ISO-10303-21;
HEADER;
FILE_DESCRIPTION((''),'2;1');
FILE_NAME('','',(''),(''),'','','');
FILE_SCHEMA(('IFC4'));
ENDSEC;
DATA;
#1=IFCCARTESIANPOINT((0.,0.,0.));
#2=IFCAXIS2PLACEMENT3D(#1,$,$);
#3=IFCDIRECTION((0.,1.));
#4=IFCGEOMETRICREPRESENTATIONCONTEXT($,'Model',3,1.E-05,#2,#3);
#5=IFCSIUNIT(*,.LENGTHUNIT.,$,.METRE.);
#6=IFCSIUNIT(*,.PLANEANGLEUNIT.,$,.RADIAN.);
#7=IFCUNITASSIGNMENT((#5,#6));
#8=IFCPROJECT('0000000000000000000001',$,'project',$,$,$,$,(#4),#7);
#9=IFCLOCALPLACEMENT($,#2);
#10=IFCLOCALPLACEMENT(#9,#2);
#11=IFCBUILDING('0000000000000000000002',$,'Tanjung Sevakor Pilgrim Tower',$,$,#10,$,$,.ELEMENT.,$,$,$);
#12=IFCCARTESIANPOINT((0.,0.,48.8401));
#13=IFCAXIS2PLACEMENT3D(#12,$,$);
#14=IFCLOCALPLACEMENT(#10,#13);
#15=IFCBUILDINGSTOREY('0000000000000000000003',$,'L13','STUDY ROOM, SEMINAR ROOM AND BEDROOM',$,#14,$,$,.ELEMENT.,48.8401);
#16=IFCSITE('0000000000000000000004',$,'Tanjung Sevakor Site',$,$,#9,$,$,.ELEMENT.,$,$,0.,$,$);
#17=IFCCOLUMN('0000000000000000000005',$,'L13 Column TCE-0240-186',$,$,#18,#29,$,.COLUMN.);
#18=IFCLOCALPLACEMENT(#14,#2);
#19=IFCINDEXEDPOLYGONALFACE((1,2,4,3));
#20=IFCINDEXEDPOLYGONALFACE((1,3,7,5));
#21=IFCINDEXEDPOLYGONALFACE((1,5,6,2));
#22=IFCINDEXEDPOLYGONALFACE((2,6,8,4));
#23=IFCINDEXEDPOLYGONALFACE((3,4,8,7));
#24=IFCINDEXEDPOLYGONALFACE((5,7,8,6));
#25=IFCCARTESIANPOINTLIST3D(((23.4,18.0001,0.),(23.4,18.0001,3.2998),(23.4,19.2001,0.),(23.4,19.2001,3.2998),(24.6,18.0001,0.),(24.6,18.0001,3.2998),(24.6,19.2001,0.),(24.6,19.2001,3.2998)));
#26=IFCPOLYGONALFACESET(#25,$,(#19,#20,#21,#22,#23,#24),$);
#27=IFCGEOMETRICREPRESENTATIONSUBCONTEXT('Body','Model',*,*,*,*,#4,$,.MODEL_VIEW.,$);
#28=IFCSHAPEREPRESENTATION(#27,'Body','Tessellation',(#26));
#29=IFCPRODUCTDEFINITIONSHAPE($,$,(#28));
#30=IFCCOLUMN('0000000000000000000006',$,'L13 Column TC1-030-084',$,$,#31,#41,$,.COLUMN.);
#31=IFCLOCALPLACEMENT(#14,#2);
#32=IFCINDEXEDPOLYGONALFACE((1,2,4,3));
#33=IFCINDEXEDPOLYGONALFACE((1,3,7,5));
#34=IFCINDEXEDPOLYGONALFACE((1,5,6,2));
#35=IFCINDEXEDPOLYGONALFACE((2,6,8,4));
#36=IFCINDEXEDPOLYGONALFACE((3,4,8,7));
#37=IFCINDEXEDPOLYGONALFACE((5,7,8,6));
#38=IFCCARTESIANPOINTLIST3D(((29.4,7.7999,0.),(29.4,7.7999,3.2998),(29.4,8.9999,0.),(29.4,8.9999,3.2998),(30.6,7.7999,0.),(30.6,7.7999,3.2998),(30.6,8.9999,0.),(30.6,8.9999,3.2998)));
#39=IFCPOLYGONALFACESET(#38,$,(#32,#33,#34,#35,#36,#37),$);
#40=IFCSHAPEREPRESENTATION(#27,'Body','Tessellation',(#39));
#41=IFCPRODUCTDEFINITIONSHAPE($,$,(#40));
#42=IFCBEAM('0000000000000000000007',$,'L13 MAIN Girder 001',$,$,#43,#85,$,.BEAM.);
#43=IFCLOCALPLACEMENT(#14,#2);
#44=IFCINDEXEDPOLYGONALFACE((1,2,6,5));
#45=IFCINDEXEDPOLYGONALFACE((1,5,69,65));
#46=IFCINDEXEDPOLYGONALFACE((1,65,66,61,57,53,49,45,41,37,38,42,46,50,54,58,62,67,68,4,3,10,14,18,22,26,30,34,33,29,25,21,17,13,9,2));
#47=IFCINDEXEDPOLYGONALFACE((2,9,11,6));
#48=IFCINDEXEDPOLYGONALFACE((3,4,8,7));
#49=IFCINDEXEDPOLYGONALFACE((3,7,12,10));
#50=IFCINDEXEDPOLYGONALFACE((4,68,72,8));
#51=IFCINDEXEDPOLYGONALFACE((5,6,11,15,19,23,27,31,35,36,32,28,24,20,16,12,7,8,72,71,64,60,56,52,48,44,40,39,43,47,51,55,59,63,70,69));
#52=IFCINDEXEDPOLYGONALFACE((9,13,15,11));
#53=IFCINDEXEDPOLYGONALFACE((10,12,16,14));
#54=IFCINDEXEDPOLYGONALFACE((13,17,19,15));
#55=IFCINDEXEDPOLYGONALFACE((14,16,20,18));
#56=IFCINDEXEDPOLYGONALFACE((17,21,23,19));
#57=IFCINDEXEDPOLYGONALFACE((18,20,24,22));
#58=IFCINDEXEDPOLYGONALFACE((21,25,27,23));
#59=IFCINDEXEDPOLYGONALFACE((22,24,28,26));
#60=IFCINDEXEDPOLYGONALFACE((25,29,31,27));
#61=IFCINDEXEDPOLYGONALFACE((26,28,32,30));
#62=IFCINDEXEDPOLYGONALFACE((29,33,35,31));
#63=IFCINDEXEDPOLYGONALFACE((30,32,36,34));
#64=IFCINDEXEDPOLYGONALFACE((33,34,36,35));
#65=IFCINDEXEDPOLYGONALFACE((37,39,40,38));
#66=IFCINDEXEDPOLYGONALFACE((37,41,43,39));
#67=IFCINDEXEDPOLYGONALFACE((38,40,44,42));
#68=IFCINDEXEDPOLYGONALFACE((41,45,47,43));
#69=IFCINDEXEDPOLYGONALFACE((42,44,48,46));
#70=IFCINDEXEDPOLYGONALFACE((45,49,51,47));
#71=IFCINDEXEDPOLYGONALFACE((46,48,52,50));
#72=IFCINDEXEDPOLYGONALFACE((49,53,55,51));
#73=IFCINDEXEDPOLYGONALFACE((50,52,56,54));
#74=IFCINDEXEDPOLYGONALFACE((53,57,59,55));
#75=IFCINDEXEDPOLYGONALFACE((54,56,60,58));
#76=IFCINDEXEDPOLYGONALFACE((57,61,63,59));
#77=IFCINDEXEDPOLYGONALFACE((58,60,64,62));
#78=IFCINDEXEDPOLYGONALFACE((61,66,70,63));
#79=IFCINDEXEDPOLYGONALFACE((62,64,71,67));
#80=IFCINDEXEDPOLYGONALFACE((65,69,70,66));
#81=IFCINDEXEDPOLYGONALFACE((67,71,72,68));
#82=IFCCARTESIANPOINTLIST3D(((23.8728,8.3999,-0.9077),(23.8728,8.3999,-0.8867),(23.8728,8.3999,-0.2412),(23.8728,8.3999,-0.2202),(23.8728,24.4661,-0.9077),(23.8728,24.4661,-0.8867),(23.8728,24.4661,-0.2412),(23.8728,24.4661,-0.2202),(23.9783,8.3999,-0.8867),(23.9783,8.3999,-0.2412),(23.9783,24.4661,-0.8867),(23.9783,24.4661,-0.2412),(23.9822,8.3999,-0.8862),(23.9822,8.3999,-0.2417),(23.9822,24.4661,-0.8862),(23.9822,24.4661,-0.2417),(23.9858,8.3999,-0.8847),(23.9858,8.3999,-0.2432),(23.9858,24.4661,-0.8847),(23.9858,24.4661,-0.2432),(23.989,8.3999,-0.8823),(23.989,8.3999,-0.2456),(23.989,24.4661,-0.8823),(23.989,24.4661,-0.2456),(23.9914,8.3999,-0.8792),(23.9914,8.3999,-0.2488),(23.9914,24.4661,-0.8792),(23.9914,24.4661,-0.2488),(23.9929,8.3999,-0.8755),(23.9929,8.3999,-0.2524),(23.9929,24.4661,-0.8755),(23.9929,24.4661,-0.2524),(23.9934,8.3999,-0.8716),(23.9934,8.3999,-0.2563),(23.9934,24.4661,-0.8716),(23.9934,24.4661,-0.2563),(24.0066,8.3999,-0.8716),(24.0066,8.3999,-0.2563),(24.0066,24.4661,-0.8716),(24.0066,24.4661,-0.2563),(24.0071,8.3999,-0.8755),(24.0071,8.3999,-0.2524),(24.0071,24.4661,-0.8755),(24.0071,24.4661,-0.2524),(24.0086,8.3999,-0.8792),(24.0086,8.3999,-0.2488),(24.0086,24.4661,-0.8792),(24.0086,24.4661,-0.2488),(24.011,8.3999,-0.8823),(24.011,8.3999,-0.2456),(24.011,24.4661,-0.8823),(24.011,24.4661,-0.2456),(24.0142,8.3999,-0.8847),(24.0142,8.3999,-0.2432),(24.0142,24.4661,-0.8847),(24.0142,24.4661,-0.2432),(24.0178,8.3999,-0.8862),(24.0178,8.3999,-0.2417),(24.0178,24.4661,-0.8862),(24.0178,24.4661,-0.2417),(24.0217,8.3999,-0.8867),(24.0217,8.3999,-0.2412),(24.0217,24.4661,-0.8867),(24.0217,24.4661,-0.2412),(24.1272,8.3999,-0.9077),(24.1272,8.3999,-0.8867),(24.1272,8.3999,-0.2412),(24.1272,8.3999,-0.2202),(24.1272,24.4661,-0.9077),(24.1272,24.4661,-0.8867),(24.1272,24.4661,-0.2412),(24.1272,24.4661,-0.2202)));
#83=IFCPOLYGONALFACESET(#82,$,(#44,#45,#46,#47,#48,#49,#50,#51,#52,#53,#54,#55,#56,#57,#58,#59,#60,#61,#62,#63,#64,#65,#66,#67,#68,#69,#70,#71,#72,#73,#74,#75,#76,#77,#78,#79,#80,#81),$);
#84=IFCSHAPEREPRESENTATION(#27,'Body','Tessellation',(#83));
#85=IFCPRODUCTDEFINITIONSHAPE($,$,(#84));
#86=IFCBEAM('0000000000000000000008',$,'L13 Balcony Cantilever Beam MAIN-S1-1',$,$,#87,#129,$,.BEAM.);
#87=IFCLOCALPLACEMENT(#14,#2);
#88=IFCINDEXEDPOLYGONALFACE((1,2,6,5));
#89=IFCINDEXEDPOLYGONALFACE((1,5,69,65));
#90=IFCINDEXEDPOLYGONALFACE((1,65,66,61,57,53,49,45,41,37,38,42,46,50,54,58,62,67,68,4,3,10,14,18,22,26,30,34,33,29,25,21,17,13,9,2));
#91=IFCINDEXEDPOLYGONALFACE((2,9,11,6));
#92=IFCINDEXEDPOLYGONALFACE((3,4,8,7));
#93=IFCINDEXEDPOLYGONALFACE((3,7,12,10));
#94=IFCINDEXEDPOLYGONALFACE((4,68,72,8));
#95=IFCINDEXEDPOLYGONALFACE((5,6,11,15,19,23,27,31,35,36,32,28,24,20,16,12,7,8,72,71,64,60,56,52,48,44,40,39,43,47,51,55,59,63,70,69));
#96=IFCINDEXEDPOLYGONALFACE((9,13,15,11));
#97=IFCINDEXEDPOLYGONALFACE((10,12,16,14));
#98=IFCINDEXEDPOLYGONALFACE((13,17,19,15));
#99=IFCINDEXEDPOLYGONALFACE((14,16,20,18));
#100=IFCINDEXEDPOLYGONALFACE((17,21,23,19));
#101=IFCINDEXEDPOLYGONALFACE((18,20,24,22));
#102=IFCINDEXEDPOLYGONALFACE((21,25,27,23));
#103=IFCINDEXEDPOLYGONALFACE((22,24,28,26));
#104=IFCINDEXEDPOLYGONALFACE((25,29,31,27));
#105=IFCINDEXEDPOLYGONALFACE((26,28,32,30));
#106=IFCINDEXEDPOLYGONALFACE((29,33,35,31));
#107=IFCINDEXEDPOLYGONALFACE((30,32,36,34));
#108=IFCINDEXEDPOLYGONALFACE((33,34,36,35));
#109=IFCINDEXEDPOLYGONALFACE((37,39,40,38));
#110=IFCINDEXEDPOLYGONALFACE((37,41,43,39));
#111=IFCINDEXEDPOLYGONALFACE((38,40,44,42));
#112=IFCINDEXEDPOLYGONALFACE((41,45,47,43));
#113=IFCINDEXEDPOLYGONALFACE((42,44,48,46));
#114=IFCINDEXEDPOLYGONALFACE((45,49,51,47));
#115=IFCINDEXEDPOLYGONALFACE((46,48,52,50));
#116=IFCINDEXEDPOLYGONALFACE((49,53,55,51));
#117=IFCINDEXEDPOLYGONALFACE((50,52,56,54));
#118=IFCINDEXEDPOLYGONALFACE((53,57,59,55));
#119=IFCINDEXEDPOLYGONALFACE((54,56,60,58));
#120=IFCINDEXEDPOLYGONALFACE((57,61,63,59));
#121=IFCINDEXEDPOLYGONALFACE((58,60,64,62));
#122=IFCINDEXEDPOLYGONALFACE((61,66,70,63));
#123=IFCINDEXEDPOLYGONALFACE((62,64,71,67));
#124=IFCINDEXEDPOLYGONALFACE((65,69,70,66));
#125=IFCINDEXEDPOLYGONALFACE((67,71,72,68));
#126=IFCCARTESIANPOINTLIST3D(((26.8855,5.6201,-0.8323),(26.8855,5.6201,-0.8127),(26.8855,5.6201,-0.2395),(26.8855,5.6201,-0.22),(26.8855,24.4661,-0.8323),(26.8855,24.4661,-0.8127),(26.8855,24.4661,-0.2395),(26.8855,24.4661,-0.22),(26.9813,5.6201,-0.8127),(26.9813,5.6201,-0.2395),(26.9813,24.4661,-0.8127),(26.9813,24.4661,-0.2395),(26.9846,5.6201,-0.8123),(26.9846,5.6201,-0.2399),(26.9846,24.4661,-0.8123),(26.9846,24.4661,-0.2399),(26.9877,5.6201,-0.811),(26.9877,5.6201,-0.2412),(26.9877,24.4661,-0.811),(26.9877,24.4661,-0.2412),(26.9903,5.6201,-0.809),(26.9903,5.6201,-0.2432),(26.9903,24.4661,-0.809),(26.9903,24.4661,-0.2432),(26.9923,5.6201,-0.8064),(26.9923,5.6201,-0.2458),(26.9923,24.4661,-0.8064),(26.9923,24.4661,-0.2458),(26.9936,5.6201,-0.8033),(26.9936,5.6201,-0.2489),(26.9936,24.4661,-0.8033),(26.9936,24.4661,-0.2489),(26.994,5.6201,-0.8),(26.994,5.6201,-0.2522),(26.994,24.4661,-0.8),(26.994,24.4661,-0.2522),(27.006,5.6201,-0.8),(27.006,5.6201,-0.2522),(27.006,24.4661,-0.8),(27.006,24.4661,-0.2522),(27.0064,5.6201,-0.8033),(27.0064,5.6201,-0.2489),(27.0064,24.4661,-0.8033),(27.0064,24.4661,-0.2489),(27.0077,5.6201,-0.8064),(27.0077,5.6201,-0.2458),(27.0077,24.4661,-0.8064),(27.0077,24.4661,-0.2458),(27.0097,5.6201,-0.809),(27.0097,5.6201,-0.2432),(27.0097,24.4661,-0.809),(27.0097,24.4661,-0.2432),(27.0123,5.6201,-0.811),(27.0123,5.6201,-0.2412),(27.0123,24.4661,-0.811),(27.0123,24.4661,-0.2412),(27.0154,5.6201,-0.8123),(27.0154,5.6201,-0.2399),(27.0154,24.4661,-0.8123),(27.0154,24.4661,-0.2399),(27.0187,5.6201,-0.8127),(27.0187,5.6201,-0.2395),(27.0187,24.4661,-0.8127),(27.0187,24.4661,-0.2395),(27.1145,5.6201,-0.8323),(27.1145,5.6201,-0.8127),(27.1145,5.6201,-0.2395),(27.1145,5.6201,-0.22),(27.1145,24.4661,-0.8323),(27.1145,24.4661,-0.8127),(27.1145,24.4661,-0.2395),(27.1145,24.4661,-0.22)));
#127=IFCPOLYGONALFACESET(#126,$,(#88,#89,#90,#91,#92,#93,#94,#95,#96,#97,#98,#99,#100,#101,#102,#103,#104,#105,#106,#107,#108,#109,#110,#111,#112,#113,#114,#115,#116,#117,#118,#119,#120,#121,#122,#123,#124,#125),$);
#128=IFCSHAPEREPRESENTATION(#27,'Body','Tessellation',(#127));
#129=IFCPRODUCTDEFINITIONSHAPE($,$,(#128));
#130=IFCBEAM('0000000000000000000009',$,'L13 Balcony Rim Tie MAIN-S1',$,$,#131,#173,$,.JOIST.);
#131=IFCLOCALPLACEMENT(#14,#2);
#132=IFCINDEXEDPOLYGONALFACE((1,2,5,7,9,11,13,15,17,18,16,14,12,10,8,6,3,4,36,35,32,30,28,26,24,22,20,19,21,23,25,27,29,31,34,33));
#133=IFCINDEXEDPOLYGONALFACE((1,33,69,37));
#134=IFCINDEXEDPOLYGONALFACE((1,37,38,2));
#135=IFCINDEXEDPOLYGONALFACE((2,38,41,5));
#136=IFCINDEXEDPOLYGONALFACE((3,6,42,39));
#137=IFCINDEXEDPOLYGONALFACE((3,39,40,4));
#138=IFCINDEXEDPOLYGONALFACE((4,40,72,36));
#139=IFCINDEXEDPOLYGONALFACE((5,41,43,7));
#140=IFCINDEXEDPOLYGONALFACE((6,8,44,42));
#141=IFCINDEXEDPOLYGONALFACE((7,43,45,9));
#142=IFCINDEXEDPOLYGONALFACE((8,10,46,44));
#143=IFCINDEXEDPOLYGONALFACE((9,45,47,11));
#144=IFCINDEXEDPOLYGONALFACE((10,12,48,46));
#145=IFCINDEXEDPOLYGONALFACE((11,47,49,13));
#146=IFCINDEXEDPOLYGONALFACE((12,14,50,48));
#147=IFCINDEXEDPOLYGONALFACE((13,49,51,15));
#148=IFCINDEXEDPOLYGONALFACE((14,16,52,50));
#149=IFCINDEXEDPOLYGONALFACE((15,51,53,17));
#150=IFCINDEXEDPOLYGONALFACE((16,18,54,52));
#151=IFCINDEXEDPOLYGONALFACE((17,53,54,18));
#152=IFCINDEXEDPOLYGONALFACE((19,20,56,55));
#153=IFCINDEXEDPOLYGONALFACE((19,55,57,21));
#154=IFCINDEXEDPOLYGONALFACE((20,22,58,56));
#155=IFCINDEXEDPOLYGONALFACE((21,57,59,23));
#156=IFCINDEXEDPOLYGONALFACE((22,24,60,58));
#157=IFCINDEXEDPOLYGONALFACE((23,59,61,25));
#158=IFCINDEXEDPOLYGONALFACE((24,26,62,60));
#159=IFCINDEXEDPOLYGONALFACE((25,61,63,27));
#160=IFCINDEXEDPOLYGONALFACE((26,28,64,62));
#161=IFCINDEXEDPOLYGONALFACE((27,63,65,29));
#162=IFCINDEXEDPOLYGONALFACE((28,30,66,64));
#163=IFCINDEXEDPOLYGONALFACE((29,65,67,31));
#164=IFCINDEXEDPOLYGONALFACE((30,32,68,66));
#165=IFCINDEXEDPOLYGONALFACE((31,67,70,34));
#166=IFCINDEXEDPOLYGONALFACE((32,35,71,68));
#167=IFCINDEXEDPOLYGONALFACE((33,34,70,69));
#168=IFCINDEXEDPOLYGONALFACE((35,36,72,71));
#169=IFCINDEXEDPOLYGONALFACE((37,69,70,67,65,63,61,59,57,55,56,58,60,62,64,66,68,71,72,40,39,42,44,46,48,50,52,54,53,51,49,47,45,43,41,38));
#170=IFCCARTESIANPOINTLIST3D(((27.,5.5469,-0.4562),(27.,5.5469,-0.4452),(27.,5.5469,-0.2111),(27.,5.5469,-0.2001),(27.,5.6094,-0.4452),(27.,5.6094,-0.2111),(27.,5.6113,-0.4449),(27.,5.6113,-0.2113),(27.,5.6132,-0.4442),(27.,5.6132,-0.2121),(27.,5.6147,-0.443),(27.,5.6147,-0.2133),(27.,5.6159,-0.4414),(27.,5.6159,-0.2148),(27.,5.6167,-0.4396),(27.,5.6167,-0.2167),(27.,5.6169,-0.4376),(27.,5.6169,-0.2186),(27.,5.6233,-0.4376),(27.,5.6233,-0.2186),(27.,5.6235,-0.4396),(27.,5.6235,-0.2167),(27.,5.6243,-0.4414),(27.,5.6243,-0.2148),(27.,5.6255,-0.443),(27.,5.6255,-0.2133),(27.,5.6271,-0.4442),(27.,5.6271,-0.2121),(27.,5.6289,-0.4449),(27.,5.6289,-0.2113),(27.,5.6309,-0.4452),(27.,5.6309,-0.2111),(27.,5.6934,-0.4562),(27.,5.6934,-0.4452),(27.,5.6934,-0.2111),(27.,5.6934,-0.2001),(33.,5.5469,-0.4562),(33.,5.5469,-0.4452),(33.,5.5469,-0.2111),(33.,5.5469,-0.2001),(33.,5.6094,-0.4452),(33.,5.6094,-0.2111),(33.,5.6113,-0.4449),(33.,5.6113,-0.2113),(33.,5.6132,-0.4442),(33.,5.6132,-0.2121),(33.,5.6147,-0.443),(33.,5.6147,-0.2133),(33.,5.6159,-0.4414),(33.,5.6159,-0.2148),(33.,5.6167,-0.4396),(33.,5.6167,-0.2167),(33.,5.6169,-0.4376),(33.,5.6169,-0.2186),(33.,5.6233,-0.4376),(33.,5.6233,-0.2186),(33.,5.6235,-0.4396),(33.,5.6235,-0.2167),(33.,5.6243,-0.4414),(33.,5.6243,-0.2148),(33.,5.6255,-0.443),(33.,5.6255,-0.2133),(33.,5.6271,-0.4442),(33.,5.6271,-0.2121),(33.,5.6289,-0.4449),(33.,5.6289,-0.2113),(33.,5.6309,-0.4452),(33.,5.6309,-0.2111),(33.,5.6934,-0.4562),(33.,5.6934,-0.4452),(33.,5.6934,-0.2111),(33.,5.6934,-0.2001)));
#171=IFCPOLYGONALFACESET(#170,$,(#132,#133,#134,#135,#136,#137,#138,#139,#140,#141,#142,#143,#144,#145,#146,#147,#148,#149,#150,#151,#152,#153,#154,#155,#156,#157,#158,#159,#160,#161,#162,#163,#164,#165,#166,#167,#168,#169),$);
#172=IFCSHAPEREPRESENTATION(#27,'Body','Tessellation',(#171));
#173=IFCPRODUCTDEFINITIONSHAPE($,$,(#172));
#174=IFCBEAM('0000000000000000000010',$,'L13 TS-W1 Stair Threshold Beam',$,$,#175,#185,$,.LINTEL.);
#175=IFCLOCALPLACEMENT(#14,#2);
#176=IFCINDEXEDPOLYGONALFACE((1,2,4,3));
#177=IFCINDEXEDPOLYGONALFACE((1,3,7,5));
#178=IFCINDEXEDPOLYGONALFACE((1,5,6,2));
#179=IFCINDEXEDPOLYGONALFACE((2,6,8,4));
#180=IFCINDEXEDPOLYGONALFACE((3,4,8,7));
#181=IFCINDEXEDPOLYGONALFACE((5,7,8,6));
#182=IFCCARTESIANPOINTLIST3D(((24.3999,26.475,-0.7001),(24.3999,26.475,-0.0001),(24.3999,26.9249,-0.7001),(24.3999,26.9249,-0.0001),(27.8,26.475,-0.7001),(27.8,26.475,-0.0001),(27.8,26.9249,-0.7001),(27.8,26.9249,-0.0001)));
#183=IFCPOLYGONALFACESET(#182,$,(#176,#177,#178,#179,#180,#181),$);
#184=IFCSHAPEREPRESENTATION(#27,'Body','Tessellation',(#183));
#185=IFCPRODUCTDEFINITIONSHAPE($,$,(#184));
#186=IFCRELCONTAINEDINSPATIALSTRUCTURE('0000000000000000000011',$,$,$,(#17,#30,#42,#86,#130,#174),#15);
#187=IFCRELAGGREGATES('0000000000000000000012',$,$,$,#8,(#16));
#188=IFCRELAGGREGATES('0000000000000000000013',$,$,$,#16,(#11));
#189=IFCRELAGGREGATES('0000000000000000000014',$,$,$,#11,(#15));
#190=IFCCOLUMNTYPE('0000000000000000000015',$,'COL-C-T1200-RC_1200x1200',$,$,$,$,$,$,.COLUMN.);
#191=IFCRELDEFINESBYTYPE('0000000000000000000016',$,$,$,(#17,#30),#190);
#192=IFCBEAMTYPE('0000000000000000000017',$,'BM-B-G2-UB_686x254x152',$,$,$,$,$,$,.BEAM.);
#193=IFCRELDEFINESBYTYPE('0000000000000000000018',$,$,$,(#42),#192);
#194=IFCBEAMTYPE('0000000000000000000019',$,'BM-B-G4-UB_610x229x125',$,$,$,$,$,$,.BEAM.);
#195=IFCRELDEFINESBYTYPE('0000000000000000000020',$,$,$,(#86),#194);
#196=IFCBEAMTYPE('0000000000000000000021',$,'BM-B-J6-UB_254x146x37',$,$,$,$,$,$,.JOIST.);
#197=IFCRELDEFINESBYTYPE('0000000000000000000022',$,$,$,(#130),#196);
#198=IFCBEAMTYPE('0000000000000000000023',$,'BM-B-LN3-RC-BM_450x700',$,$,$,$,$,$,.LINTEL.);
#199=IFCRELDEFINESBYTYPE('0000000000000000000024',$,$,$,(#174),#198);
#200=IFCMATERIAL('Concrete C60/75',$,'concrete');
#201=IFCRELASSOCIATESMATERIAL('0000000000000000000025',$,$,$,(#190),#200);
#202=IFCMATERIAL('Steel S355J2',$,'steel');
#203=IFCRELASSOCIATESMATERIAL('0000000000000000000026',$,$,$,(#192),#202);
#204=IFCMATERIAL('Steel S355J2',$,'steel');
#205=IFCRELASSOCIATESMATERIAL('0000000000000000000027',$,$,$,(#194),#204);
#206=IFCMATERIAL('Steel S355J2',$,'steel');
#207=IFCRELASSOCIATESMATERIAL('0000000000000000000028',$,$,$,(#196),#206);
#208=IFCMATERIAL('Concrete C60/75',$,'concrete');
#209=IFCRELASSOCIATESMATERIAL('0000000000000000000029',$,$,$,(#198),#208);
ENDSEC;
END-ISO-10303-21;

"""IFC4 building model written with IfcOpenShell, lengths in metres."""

from ifc_helpers import new_model, si_unit, direction, frame, origin, origin_2d, place, context, subcontext, project, spatial, rectangle, i_section, extrude, material, material_profile, profile_set, type_object, element, save


model = new_model("IFC4")

# Units and contexts
model_context = context("Model", 3, precision=1e-05, world=origin(), true_north=direction((0.0, 1.0)))
body_context = subcontext(model_context, "Body", "Model", "MODEL_VIEW")
ifc_project = project(units=[si_unit("LENGTHUNIT", "METRE"), si_unit("PLANEANGLEUNIT", "RADIAN")], contexts=[model_context])

# Site, building, storey
site_placement = place(None, origin())
site = spatial("IfcSite", under=ifc_project, at=site_placement, Name="Tanjung Sevakor Site", CompositionType="ELEMENT", RefElevation=0.0)
building_placement = place(site_placement, origin())
building = spatial("IfcBuilding", under=site, at=building_placement, Name="Tanjung Sevakor Pilgrim Tower", CompositionType="ELEMENT")
storey_placement = place(building_placement, frame((0.0, 0.0, 48.8401)))
storey = spatial("IfcBuildingStorey", under=building, at=storey_placement, Name="L13", Description="STUDY ROOM, SEMINAR ROOM AND BEDROOM", CompositionType="ELEMENT", Elevation=48.8401)

# Columns
ifc_material_1 = material(Name="Concrete C60/75", Category="concrete")
ifc_material_profile_1 = material_profile(ifc_material_1, rectangle(XDim=1.2, YDim=1.2, at=origin_2d()))
ifc_profile_set_1 = profile_set([ifc_material_profile_1], Name="Concrete C60/75")
column_type = type_object("IfcColumnType", Name="COL-C-T1200-RC_1200x1200", PredefinedType="COLUMN", material=ifc_profile_set_1)
for number, where, z_axis, x_axis, name in (
    (1, (24.0, 18.6001, 0.0), (0.0, 0.0, 1.0), (1.0, 0.0, 0.0), "L13 Column TCE-0240-186"),
    (2, (30.0, 8.3999, 0.0), (0.0, 0.0, 1.0), (1.0, 0.0, 0.0), "L13 Column TC1-030-084"),
):
    element("IfcColumn", number, at=place(storey_placement, frame(where, z_axis=z_axis, x_axis=x_axis)), inside=storey, type_object=column_type, Name=name, PredefinedType="COLUMN", context=body_context, shape_type="SweptSolid", body=[
        extrude(rectangle(XDim=1.2, YDim=1.2, at=origin_2d()), origin(), (0.0, 0.0, 1.0), 3.2998),
    ])

# Beams
ifc_material_2 = material(Name="Steel S355J2", Category="steel")
ifc_material_profile_2 = material_profile(ifc_material_2, i_section(OverallWidth=0.2544, OverallDepth=0.6875, WebThickness=0.0132, FlangeThickness=0.021, FilletRadius=0.0151, at=origin_2d()))
ifc_profile_set_2 = profile_set([ifc_material_profile_2], Name="Steel S355J2")
beam_type_1 = type_object("IfcBeamType", Name="BM-B-G2-UB_686x254x152", PredefinedType="BEAM", material=ifc_profile_set_2)
beam_1_placement = place(storey_placement, frame((24.0, 8.3999, -0.564), z_axis=(0.0, 1.0, 0.0), x_axis=(-1.0, 0.0, 0.0)))
element("IfcBeam", 3, at=beam_1_placement, inside=storey, type_object=beam_type_1, Name="L13 MAIN Girder 001", PredefinedType="BEAM", context=body_context, shape_type="SweptSolid", body=[
    extrude(i_section(OverallWidth=0.2544, OverallDepth=0.6875, WebThickness=0.0132, FlangeThickness=0.021, FilletRadius=0.0151, at=origin_2d()), origin(), (0.0, 0.0, 1.0), 16.0662),
])
ifc_material_3 = material(Name="Steel S355J2", Category="steel")
ifc_material_profile_3 = material_profile(ifc_material_3, i_section(OverallWidth=0.229, OverallDepth=0.6123, WebThickness=0.012, FlangeThickness=0.0195, FilletRadius=0.0127, at=origin_2d()))
ifc_profile_set_3 = profile_set([ifc_material_profile_3], Name="Steel S355J2")
beam_type_2 = type_object("IfcBeamType", Name="BM-B-G4-UB_610x229x125", PredefinedType="BEAM", material=ifc_profile_set_3)
beam_2_placement = place(storey_placement, frame((27.0, 24.4661, -0.5261), z_axis=(0.0, -1.0, 0.0), x_axis=(1.0, 0.0, 0.0)))
element("IfcBeam", 4, at=beam_2_placement, inside=storey, type_object=beam_type_2, Name="L13 Balcony Cantilever Beam MAIN-S1-1", PredefinedType="BEAM", context=body_context, shape_type="SweptSolid", body=[
    extrude(i_section(OverallWidth=0.229, OverallDepth=0.6123, WebThickness=0.012, FlangeThickness=0.0195, FilletRadius=0.0127, at=origin_2d()), origin(), (0.0, 0.0, 1.0), 18.8459),
])
ifc_material_4 = material(Name="Steel S355J2", Category="steel")
ifc_material_profile_4 = material_profile(ifc_material_4, i_section(OverallWidth=0.1465, OverallDepth=0.2561, WebThickness=0.0063, FlangeThickness=0.011, FilletRadius=0.0076, at=origin_2d()))
ifc_profile_set_4 = profile_set([ifc_material_profile_4], Name="Steel S355J2")
beam_type_3 = type_object("IfcBeamType", Name="BM-B-J6-UB_254x146x37", PredefinedType="JOIST", material=ifc_profile_set_4)
beam_3_placement = place(storey_placement, frame((27.0, 5.6201, -0.3281), z_axis=(1.0, 0.0, 0.0), x_axis=(0.0, 1.0, 0.0)))
element("IfcBeam", 5, at=beam_3_placement, inside=storey, type_object=beam_type_3, Name="L13 Balcony Rim Tie MAIN-S1", PredefinedType="JOIST", context=body_context, shape_type="SweptSolid", body=[
    extrude(i_section(OverallWidth=0.1465, OverallDepth=0.2561, WebThickness=0.0063, FlangeThickness=0.011, FilletRadius=0.0076, at=origin_2d()), origin(), (0.0, 0.0, 1.0), 6.0),
])
ifc_material_5 = material(Name="Concrete C60/75", Category="concrete")
ifc_material_profile_5 = material_profile(ifc_material_5, rectangle(XDim=0.45, YDim=0.7, at=origin_2d()))
ifc_profile_set_5 = profile_set([ifc_material_profile_5], Name="Concrete C60/75")
beam_type_4 = type_object("IfcBeamType", Name="BM-B-LN3-RC-BM_450x700", PredefinedType="LINTEL", material=ifc_profile_set_5)
beam_4_placement = place(storey_placement, frame((24.3999, 26.7, -0.3501), z_axis=(1.0, 0.0, 0.0), x_axis=(0.0, 1.0, 0.0)))
element("IfcBeam", 6, at=beam_4_placement, inside=storey, type_object=beam_type_4, Name="L13 TS-W1 Stair Threshold Beam", PredefinedType="LINTEL", context=body_context, shape_type="SweptSolid", body=[
    extrude(rectangle(XDim=0.45, YDim=0.7, at=origin_2d()), origin(), (0.0, 0.0, 1.0), 3.4001),
])

save(model, "model.ifc")
